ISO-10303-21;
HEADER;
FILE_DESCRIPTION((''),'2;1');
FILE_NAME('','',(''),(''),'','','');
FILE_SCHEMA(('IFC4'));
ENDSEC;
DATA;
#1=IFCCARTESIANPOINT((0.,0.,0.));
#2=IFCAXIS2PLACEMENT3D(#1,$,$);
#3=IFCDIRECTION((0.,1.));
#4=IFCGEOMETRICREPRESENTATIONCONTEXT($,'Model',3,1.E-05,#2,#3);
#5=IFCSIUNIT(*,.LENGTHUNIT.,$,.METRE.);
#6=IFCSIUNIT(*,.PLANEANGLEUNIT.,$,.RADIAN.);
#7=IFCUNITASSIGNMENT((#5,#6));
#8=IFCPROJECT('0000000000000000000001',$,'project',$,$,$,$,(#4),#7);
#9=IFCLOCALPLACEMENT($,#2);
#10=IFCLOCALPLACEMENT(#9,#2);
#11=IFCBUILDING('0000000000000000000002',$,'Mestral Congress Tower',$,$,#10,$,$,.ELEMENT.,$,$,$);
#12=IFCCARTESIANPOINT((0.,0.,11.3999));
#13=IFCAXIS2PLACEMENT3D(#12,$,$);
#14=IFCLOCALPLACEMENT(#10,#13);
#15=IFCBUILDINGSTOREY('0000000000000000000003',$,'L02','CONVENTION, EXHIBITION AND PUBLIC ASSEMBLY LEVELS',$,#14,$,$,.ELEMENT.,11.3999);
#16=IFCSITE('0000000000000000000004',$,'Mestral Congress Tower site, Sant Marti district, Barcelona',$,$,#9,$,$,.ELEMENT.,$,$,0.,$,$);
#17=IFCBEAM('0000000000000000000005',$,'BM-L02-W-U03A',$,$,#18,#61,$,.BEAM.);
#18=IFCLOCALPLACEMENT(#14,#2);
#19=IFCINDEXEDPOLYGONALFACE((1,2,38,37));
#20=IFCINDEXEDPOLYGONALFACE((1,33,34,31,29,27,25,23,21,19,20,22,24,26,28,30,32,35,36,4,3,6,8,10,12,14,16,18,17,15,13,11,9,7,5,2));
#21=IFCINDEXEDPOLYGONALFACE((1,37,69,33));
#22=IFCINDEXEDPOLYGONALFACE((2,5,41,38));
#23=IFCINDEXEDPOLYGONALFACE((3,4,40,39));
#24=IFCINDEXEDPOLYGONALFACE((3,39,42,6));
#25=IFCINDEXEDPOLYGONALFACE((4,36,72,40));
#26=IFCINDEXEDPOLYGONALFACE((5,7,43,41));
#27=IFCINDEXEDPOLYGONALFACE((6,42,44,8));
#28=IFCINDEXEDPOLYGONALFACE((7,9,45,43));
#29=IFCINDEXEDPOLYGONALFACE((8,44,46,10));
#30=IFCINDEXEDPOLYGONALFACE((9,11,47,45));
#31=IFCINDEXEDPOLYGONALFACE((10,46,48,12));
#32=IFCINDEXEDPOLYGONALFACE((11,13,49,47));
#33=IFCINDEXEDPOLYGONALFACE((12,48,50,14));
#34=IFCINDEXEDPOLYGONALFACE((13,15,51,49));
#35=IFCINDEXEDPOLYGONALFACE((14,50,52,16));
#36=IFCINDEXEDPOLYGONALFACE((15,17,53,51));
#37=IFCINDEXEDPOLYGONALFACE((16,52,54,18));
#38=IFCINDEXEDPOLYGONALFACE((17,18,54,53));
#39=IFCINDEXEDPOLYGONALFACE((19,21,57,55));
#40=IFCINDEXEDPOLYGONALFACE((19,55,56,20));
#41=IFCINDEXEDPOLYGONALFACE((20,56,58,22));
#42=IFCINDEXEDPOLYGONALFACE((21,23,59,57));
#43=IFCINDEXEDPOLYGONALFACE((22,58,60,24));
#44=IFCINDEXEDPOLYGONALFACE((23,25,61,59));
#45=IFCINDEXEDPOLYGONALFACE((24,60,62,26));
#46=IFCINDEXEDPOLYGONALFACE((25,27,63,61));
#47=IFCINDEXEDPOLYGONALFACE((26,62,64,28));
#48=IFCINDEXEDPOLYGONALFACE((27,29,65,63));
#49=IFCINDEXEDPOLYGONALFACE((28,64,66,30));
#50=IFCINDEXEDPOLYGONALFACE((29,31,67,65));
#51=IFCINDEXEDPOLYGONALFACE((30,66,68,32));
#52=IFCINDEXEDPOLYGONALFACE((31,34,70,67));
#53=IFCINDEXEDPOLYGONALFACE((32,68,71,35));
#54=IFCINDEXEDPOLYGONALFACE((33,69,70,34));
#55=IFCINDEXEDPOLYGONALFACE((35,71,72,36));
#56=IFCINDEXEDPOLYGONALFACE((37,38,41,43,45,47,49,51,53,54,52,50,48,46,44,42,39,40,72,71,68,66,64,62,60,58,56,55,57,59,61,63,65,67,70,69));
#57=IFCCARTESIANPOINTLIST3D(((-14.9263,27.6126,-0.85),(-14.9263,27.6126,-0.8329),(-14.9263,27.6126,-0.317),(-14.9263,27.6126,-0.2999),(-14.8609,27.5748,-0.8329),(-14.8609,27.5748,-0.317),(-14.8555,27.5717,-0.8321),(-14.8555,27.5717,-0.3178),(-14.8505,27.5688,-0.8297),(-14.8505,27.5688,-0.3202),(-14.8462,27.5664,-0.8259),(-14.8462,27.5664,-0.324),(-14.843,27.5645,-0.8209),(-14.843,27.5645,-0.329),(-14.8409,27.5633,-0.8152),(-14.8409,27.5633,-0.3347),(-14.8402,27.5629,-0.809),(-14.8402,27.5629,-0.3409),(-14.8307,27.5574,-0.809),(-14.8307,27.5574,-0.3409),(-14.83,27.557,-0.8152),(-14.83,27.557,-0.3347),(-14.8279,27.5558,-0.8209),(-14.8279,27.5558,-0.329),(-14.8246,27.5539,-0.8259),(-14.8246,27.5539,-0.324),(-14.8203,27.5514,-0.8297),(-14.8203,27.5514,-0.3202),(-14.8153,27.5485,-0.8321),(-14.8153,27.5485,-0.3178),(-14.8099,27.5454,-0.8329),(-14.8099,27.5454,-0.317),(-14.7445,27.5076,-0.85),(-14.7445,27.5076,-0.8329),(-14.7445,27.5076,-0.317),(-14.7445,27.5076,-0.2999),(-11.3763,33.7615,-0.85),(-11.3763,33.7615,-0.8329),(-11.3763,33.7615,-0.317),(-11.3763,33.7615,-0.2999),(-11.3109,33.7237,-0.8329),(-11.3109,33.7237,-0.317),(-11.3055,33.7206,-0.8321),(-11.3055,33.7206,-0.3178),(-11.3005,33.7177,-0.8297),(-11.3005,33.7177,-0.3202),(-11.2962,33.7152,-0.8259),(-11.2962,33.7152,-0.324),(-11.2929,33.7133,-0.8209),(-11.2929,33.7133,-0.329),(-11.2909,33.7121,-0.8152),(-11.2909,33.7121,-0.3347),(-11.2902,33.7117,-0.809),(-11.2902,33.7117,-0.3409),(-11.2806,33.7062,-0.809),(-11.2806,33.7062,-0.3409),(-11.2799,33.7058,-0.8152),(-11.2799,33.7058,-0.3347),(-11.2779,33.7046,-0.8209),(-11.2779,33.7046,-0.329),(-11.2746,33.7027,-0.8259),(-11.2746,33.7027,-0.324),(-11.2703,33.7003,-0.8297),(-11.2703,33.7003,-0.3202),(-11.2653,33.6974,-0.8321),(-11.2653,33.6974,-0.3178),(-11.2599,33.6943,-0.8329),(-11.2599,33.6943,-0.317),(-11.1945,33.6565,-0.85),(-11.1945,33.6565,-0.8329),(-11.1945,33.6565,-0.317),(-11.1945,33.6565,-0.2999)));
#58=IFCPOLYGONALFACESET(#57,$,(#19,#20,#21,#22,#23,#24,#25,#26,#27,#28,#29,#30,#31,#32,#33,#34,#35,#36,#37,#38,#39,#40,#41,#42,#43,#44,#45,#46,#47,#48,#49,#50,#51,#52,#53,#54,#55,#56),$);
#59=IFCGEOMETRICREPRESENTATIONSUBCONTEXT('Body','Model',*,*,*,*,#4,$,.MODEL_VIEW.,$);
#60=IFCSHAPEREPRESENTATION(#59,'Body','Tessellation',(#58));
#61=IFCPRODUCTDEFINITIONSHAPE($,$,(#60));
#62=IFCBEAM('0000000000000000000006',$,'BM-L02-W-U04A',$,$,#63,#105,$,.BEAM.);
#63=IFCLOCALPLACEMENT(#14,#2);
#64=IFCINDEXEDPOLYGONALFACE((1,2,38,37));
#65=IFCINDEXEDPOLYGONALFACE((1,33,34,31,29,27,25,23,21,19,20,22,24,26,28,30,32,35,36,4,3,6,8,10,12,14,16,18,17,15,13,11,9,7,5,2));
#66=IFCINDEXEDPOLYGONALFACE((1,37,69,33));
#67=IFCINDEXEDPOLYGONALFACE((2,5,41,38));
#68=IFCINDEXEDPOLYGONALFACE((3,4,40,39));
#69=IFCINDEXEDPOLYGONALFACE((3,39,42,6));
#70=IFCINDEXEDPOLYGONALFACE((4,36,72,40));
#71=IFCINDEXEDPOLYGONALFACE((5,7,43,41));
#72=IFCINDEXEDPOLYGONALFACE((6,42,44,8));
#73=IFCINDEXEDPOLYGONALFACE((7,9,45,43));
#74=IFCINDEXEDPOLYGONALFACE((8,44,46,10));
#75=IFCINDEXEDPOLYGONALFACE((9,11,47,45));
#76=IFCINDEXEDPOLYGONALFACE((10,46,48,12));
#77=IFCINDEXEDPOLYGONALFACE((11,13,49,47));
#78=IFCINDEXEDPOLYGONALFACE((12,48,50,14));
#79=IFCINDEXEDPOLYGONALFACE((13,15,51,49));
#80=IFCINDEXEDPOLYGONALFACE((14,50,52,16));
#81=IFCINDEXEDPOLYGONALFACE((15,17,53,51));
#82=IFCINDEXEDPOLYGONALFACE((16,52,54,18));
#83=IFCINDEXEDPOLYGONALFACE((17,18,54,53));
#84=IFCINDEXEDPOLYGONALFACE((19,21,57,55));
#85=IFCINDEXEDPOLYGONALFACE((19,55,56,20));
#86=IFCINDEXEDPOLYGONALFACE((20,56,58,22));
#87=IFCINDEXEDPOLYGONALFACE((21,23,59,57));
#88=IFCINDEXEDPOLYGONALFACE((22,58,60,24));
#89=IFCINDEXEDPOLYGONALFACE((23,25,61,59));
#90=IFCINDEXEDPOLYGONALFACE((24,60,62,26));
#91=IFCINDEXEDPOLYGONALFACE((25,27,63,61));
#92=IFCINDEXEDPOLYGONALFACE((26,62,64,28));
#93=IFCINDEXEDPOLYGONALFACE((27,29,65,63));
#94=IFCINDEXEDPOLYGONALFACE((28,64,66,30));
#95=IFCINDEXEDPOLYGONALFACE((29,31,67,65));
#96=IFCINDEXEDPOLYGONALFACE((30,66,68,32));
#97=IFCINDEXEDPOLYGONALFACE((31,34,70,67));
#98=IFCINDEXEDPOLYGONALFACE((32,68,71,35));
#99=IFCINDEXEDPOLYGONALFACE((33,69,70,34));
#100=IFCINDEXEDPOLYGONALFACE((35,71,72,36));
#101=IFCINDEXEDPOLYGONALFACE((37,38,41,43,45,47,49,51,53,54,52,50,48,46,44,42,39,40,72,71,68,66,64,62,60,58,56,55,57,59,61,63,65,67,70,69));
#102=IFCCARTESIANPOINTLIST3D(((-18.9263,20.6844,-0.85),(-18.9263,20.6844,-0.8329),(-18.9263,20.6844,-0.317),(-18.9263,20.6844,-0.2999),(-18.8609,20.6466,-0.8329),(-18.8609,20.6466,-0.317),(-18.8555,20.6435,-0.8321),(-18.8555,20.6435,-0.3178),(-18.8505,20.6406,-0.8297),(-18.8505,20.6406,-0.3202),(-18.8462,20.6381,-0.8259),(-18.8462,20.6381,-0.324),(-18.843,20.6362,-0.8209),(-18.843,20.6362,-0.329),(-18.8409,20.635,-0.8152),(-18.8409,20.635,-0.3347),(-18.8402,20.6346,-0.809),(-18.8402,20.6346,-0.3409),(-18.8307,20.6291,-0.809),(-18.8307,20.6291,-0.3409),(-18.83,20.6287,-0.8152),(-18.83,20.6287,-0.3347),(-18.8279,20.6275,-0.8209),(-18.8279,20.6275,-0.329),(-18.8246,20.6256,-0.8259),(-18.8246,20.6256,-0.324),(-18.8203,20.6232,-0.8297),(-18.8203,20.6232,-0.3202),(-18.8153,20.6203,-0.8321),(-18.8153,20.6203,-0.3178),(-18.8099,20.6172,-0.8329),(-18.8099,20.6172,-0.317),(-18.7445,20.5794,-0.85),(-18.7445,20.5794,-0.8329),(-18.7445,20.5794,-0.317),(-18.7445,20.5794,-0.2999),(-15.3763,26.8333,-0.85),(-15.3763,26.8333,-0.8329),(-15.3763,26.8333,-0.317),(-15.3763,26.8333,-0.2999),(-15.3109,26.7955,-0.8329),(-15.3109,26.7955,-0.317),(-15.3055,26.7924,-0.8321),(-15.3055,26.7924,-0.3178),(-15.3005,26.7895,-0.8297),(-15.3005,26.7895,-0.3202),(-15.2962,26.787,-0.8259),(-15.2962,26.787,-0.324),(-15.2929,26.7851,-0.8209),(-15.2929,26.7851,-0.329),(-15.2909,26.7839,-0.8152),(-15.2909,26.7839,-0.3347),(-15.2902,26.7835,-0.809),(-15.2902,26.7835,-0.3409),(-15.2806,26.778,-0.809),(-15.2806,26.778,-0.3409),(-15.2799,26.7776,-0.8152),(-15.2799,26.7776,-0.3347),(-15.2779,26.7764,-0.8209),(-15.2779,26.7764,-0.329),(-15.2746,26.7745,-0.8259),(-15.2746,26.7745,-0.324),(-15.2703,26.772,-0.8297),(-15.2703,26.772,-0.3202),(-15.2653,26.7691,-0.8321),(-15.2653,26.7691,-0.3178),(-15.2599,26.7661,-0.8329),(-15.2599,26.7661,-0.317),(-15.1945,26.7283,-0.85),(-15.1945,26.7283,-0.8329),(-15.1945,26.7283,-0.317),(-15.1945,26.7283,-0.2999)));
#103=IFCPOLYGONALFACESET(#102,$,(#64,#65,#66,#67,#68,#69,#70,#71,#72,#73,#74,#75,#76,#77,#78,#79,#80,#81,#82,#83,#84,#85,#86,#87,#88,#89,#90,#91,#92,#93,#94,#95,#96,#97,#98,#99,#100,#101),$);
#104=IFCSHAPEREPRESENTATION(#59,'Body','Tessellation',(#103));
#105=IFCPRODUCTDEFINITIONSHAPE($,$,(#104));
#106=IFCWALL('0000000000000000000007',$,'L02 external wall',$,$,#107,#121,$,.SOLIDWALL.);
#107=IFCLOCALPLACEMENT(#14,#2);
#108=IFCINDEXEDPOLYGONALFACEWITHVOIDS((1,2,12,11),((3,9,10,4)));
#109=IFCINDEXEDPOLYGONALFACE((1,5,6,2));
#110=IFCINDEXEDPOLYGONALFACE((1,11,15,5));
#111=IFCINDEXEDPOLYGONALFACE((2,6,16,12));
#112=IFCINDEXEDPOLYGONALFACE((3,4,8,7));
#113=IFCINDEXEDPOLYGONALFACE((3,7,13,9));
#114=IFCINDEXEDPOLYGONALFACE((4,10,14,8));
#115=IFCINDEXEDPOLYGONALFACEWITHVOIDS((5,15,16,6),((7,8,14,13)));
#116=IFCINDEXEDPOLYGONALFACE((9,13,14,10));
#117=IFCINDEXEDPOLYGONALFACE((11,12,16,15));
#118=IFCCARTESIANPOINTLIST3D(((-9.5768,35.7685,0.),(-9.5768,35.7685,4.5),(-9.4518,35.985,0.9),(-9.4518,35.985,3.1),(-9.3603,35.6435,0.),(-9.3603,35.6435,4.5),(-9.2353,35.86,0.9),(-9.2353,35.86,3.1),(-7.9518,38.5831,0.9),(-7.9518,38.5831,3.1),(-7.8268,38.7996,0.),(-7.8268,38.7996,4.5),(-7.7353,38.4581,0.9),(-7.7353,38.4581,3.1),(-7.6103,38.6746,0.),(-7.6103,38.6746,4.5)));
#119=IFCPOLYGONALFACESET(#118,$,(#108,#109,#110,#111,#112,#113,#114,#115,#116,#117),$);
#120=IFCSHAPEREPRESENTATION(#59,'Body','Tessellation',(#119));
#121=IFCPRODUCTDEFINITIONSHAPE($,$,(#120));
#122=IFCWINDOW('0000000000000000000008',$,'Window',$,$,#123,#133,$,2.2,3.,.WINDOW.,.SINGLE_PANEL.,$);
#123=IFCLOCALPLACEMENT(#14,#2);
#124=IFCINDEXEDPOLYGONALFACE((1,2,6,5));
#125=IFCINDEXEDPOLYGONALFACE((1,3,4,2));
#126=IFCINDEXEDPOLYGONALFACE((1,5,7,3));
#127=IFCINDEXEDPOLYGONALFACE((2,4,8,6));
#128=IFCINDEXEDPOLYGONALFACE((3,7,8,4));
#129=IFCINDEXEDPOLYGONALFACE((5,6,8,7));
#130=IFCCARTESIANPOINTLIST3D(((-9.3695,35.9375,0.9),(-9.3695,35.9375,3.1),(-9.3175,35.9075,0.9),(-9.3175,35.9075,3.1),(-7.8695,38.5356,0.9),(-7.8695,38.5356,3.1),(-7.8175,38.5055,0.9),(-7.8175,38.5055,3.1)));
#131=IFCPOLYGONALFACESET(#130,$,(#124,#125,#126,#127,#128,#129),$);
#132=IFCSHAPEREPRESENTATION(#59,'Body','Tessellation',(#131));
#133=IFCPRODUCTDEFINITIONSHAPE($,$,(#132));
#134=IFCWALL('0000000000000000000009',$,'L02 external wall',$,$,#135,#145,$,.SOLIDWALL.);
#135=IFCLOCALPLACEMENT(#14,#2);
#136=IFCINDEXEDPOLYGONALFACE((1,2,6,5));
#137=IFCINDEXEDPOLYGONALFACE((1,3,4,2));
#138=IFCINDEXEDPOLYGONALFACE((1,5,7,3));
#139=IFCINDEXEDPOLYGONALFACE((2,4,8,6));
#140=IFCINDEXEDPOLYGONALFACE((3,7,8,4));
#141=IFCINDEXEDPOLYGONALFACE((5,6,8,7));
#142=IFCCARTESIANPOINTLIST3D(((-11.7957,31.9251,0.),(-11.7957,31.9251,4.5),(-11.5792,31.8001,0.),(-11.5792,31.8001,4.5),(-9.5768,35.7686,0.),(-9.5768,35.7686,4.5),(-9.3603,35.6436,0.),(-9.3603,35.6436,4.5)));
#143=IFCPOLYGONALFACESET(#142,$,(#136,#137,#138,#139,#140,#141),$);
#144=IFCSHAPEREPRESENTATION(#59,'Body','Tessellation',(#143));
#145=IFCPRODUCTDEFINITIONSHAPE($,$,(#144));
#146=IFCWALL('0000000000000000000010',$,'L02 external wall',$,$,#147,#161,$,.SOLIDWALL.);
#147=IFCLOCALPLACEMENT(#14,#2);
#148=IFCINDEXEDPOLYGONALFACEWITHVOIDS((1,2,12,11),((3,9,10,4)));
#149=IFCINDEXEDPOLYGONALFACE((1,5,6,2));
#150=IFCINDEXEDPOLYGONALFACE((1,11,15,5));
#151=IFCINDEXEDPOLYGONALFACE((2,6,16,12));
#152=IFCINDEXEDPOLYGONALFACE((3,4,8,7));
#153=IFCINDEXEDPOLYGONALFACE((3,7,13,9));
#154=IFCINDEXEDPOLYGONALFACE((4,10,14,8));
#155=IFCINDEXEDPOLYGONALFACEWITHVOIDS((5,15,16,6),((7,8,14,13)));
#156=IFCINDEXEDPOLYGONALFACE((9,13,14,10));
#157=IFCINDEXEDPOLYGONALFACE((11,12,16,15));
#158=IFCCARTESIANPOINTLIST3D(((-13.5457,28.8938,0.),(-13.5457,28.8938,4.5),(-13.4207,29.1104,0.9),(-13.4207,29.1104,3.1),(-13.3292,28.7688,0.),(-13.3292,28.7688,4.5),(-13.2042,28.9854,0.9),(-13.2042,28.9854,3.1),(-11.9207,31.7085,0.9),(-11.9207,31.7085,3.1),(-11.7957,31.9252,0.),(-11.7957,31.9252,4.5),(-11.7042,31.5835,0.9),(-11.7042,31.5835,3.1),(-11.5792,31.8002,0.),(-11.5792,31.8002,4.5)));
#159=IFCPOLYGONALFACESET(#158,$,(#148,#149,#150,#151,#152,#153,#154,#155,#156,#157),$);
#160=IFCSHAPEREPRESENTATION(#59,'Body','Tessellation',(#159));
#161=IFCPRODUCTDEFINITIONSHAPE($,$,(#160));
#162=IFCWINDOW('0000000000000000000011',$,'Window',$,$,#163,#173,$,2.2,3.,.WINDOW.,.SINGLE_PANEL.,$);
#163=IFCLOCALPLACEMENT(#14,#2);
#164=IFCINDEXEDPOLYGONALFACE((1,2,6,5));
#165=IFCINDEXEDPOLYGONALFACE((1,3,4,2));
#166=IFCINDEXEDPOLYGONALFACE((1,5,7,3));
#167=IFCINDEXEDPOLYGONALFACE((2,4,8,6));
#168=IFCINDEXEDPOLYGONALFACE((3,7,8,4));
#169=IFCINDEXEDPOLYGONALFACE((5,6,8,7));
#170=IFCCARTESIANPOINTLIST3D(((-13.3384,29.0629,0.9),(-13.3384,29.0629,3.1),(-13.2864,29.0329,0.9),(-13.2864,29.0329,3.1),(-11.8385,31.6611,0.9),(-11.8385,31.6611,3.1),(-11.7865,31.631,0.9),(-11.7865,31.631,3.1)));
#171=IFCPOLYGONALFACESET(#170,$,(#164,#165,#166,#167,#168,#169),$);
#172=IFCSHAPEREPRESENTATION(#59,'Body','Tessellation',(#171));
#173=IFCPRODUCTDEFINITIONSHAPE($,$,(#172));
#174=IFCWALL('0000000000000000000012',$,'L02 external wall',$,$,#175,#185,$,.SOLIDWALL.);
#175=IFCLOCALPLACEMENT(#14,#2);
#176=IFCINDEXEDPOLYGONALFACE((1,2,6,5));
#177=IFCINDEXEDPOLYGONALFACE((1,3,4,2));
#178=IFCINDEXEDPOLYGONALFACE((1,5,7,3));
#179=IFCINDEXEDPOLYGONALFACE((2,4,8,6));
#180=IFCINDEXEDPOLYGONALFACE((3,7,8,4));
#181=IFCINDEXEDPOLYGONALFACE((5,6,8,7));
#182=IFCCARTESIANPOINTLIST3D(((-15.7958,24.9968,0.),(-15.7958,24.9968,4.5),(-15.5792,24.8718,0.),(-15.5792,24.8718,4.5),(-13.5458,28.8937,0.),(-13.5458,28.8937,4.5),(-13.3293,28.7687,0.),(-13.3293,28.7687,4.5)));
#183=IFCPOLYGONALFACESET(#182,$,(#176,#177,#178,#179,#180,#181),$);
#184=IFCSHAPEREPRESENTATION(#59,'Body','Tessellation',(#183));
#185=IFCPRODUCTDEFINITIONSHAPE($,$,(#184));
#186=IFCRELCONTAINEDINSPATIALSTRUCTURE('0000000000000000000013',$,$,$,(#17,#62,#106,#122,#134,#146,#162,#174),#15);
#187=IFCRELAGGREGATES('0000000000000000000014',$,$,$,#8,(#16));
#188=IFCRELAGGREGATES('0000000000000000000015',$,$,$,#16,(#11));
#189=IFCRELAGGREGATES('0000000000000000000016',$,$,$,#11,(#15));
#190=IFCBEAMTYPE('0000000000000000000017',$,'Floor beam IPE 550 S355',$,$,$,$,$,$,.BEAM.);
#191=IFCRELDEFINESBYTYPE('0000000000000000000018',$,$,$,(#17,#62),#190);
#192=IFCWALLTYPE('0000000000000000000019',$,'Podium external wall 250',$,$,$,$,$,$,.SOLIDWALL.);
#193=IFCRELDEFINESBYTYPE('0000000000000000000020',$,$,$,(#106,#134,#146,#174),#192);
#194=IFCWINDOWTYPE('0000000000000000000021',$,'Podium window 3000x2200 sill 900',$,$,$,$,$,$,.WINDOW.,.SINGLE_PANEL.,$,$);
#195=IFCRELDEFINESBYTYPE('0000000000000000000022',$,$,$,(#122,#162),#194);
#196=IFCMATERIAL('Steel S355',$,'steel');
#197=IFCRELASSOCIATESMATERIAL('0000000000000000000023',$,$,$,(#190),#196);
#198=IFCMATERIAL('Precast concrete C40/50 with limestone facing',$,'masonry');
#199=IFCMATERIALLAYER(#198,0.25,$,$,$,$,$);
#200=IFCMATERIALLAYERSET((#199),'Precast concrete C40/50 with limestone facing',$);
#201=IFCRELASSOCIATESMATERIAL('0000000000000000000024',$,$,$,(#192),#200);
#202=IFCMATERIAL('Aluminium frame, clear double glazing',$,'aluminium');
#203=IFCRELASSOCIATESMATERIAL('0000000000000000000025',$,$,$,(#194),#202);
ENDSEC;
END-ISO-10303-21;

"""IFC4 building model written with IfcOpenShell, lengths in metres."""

from ifc_helpers import new_model, si_unit, direction, frame, frame_2d, origin, origin_2d, place, context, subcontext, project, spatial, rectangle, i_section, extrude, material, layer, layer_set, material_profile, profile_set, type_object, element, fill, save


model = new_model("IFC4")

# Units and contexts
model_context = context("Model", 3, precision=1e-05, world=origin(), true_north=direction((0.0, 1.0)))
body_context = subcontext(model_context, "Body", "Model", "MODEL_VIEW")
ifc_project = project(units=[si_unit("LENGTHUNIT", "METRE"), si_unit("PLANEANGLEUNIT", "RADIAN")], contexts=[model_context])

# Site, building, storey
site_placement = place(None, origin())
site = spatial("IfcSite", under=ifc_project, at=site_placement, Name="Mestral Congress Tower site, Sant Marti district, Barcelona", CompositionType="ELEMENT", RefElevation=0.0)
building_placement = place(site_placement, origin())
building = spatial("IfcBuilding", under=site, at=building_placement, Name="Mestral Congress Tower", CompositionType="ELEMENT")
storey_placement = place(building_placement, frame((0.0, 0.0, 11.3999)))
storey = spatial("IfcBuildingStorey", under=building, at=storey_placement, Name="L02", Description="CONVENTION, EXHIBITION AND PUBLIC ASSEMBLY LEVELS", CompositionType="ELEMENT", Elevation=11.3999)

# Beams
ifc_material_1 = material(Name="Steel S355", Category="steel")
ifc_material_profile_1 = material_profile(ifc_material_1, i_section(OverallWidth=0.21, OverallDepth=0.55, WebThickness=0.011, FlangeThickness=0.0171, FilletRadius=0.0239, at=origin_2d()), Name="IPE 550")
ifc_profile_set_1 = profile_set([ifc_material_profile_1], Name="Steel S355")
beam_type_1 = type_object("IfcBeamType", Name="Floor beam IPE 550 S355", PredefinedType="BEAM", material=ifc_profile_set_1)
for number, where, z_axis, x_axis, name in (
    (1, (-11.2854, 33.709, -0.575), (-0.499996, -0.866028, 0.0), (0.866028, -0.499996, 0.0), "BM-L02-W-U03A"),
    (2, (-15.2854, 26.7808, -0.575), (-0.499996, -0.866028, 0.0), (0.866028, -0.499996, 0.0), "BM-L02-W-U04A"),
):
    element("IfcBeam", number, at=place(storey_placement, frame(where, z_axis=z_axis, x_axis=x_axis)), inside=storey, type_object=beam_type_1, Name=name, PredefinedType="BEAM", context=body_context, shape_type="SweptSolid", body=[
        extrude(i_section(OverallWidth=0.21, OverallDepth=0.55, WebThickness=0.011, FlangeThickness=0.0171, FilletRadius=0.0239, at=origin_2d()), origin(), (0.0, 0.0, 1.0), 7.1001),
    ])

# Wall, opening, window
ifc_material_2 = material(Name="Precast concrete C40/50 with limestone facing", Category="masonry")
ifc_layer_1 = layer(ifc_material_2, 0.25)
ifc_layer_set_1 = layer_set([ifc_layer_1], Name="Precast concrete C40/50 with limestone facing")
wall_type_1 = type_object("IfcWallType", Name="Podium external wall 250", PredefinedType="SOLIDWALL", material=ifc_layer_set_1)
wall_1_placement = place(storey_placement, frame((-7.7185, 38.7371, 0.0), z_axis=(0.0, 0.0, 1.0), x_axis=(-0.50001, -0.866019, 0.0)))
wall_1 = element("IfcWall", 3, at=wall_1_placement, inside=storey, type_object=wall_type_1, Name="L02 external wall", PredefinedType="SOLIDWALL", context=body_context, shape_type="SweptSolid", body=[
    extrude(rectangle(XDim=3.5, YDim=0.25, at=frame_2d((1.75, 0.0))), origin(), (0.0, 0.0, 1.0), 4.5),
])
opening_1_placement = place(wall_1_placement, frame((0.25, 0.0, 0.8999)))
opening_1 = element("IfcOpeningElement", 4, at=opening_1_placement, cuts=wall_1, PredefinedType="OPENING", context=body_context, shape_type="SweptSolid", body=[
    extrude(rectangle(XDim=3.0, YDim=2.2, at=frame_2d((1.5, 1.1001))), frame((0.0, 0.135, 0.0), z_axis=(0.0, -1.0, 0.0), x_axis=(1.0, 0.0, 0.0)), (0.0, 0.0, 1.0), 0.27),
])
ifc_material_3 = material(Name="Aluminium frame, clear double glazing", Category="aluminium")
window_type = type_object("IfcWindowType", Name="Podium window 3000x2200 sill 900", PartitioningType="SINGLE_PANEL", PredefinedType="WINDOW", material=ifc_material_3)
window_1_placement = place(opening_1_placement, origin())
window_1 = element("IfcWindow", 5, at=window_1_placement, inside=storey, type_object=window_type, Name="Window", OverallHeight=2.2, OverallWidth=3.0, PartitioningType="SINGLE_PANEL", PredefinedType="WINDOW", context=body_context, shape_type="SweptSolid", body=[
    extrude(rectangle(XDim=3.0, YDim=2.2, at=frame_2d((1.5, 1.1001))), frame((0.0, 0.03, 0.0), z_axis=(0.0, -1.0, 0.0), x_axis=(1.0, 0.0, 0.0)), (0.0, 0.0, 1.0), 0.0601),
])
fill(opening_1, window_1)

# Wall
wall_2_placement = place(storey_placement, frame((-9.4685, 35.7061, 0.0), z_axis=(0.0, 0.0, 1.0), x_axis=(-0.499991, -0.866031, 0.0)))
element("IfcWall", 6, at=wall_2_placement, inside=storey, type_object=wall_type_1, Name="L02 external wall", PredefinedType="SOLIDWALL", context=body_context, shape_type="SweptSolid", body=[
    extrude(rectangle(XDim=4.438, YDim=0.25, at=frame_2d((2.219, 0.0))), origin(), (0.0, 0.0, 1.0), 4.5),
])

# Wall, opening, window
wall_3_placement = place(storey_placement, frame((-11.6875, 31.8625, 0.0), z_axis=(0.0, 0.0, 1.0), x_axis=(-0.49998, -0.866037, 0.0)))
wall_3 = element("IfcWall", 7, at=wall_3_placement, inside=storey, type_object=wall_type_1, Name="L02 external wall", PredefinedType="SOLIDWALL", context=body_context, shape_type="SweptSolid", body=[
    extrude(rectangle(XDim=3.5002, YDim=0.25, at=frame_2d((1.75, 0.0))), origin(), (0.0, 0.0, 1.0), 4.5),
])
opening_2_placement = place(wall_3_placement, frame((0.25, 0.0, 0.8999)))
opening_2 = element("IfcOpeningElement", 8, at=opening_2_placement, cuts=wall_3, PredefinedType="OPENING", context=body_context, shape_type="SweptSolid", body=[
    extrude(rectangle(XDim=3.0, YDim=2.2, at=frame_2d((1.5, 1.1001))), frame((0.0, 0.135, 0.0), z_axis=(0.0, -1.0, 0.0), x_axis=(1.0, 0.0, 0.0)), (0.0, 0.0, 1.0), 0.27),
])
window_2_placement = place(opening_2_placement, origin())
window_2 = element("IfcWindow", 9, at=window_2_placement, inside=storey, type_object=window_type, Name="Window", OverallHeight=2.2, OverallWidth=3.0, PartitioningType="SINGLE_PANEL", PredefinedType="WINDOW", context=body_context, shape_type="SweptSolid", body=[
    extrude(rectangle(XDim=3.0, YDim=2.2, at=frame_2d((1.5, 1.1001))), frame((0.0, 0.03, 0.0), z_axis=(0.0, -1.0, 0.0), x_axis=(1.0, 0.0, 0.0)), (0.0, 0.0, 1.0), 0.0601),
])
fill(opening_2, window_2)

# Wall
wall_4_placement = place(storey_placement, frame((-13.4375, 28.8313, 0.0), z_axis=(0.0, 0.0, 1.0), x_axis=(-0.500014, -0.866018, 0.0)))
element("IfcWall", 10, at=wall_4_placement, inside=storey, type_object=wall_type_1, Name="L02 external wall", PredefinedType="SOLIDWALL", context=body_context, shape_type="SweptSolid", body=[
    extrude(rectangle(XDim=4.4998, YDim=0.25, at=frame_2d((2.25, 0.0))), origin(), (0.0, 0.0, 1.0), 4.5),
])

save(model, "model.ifc")
